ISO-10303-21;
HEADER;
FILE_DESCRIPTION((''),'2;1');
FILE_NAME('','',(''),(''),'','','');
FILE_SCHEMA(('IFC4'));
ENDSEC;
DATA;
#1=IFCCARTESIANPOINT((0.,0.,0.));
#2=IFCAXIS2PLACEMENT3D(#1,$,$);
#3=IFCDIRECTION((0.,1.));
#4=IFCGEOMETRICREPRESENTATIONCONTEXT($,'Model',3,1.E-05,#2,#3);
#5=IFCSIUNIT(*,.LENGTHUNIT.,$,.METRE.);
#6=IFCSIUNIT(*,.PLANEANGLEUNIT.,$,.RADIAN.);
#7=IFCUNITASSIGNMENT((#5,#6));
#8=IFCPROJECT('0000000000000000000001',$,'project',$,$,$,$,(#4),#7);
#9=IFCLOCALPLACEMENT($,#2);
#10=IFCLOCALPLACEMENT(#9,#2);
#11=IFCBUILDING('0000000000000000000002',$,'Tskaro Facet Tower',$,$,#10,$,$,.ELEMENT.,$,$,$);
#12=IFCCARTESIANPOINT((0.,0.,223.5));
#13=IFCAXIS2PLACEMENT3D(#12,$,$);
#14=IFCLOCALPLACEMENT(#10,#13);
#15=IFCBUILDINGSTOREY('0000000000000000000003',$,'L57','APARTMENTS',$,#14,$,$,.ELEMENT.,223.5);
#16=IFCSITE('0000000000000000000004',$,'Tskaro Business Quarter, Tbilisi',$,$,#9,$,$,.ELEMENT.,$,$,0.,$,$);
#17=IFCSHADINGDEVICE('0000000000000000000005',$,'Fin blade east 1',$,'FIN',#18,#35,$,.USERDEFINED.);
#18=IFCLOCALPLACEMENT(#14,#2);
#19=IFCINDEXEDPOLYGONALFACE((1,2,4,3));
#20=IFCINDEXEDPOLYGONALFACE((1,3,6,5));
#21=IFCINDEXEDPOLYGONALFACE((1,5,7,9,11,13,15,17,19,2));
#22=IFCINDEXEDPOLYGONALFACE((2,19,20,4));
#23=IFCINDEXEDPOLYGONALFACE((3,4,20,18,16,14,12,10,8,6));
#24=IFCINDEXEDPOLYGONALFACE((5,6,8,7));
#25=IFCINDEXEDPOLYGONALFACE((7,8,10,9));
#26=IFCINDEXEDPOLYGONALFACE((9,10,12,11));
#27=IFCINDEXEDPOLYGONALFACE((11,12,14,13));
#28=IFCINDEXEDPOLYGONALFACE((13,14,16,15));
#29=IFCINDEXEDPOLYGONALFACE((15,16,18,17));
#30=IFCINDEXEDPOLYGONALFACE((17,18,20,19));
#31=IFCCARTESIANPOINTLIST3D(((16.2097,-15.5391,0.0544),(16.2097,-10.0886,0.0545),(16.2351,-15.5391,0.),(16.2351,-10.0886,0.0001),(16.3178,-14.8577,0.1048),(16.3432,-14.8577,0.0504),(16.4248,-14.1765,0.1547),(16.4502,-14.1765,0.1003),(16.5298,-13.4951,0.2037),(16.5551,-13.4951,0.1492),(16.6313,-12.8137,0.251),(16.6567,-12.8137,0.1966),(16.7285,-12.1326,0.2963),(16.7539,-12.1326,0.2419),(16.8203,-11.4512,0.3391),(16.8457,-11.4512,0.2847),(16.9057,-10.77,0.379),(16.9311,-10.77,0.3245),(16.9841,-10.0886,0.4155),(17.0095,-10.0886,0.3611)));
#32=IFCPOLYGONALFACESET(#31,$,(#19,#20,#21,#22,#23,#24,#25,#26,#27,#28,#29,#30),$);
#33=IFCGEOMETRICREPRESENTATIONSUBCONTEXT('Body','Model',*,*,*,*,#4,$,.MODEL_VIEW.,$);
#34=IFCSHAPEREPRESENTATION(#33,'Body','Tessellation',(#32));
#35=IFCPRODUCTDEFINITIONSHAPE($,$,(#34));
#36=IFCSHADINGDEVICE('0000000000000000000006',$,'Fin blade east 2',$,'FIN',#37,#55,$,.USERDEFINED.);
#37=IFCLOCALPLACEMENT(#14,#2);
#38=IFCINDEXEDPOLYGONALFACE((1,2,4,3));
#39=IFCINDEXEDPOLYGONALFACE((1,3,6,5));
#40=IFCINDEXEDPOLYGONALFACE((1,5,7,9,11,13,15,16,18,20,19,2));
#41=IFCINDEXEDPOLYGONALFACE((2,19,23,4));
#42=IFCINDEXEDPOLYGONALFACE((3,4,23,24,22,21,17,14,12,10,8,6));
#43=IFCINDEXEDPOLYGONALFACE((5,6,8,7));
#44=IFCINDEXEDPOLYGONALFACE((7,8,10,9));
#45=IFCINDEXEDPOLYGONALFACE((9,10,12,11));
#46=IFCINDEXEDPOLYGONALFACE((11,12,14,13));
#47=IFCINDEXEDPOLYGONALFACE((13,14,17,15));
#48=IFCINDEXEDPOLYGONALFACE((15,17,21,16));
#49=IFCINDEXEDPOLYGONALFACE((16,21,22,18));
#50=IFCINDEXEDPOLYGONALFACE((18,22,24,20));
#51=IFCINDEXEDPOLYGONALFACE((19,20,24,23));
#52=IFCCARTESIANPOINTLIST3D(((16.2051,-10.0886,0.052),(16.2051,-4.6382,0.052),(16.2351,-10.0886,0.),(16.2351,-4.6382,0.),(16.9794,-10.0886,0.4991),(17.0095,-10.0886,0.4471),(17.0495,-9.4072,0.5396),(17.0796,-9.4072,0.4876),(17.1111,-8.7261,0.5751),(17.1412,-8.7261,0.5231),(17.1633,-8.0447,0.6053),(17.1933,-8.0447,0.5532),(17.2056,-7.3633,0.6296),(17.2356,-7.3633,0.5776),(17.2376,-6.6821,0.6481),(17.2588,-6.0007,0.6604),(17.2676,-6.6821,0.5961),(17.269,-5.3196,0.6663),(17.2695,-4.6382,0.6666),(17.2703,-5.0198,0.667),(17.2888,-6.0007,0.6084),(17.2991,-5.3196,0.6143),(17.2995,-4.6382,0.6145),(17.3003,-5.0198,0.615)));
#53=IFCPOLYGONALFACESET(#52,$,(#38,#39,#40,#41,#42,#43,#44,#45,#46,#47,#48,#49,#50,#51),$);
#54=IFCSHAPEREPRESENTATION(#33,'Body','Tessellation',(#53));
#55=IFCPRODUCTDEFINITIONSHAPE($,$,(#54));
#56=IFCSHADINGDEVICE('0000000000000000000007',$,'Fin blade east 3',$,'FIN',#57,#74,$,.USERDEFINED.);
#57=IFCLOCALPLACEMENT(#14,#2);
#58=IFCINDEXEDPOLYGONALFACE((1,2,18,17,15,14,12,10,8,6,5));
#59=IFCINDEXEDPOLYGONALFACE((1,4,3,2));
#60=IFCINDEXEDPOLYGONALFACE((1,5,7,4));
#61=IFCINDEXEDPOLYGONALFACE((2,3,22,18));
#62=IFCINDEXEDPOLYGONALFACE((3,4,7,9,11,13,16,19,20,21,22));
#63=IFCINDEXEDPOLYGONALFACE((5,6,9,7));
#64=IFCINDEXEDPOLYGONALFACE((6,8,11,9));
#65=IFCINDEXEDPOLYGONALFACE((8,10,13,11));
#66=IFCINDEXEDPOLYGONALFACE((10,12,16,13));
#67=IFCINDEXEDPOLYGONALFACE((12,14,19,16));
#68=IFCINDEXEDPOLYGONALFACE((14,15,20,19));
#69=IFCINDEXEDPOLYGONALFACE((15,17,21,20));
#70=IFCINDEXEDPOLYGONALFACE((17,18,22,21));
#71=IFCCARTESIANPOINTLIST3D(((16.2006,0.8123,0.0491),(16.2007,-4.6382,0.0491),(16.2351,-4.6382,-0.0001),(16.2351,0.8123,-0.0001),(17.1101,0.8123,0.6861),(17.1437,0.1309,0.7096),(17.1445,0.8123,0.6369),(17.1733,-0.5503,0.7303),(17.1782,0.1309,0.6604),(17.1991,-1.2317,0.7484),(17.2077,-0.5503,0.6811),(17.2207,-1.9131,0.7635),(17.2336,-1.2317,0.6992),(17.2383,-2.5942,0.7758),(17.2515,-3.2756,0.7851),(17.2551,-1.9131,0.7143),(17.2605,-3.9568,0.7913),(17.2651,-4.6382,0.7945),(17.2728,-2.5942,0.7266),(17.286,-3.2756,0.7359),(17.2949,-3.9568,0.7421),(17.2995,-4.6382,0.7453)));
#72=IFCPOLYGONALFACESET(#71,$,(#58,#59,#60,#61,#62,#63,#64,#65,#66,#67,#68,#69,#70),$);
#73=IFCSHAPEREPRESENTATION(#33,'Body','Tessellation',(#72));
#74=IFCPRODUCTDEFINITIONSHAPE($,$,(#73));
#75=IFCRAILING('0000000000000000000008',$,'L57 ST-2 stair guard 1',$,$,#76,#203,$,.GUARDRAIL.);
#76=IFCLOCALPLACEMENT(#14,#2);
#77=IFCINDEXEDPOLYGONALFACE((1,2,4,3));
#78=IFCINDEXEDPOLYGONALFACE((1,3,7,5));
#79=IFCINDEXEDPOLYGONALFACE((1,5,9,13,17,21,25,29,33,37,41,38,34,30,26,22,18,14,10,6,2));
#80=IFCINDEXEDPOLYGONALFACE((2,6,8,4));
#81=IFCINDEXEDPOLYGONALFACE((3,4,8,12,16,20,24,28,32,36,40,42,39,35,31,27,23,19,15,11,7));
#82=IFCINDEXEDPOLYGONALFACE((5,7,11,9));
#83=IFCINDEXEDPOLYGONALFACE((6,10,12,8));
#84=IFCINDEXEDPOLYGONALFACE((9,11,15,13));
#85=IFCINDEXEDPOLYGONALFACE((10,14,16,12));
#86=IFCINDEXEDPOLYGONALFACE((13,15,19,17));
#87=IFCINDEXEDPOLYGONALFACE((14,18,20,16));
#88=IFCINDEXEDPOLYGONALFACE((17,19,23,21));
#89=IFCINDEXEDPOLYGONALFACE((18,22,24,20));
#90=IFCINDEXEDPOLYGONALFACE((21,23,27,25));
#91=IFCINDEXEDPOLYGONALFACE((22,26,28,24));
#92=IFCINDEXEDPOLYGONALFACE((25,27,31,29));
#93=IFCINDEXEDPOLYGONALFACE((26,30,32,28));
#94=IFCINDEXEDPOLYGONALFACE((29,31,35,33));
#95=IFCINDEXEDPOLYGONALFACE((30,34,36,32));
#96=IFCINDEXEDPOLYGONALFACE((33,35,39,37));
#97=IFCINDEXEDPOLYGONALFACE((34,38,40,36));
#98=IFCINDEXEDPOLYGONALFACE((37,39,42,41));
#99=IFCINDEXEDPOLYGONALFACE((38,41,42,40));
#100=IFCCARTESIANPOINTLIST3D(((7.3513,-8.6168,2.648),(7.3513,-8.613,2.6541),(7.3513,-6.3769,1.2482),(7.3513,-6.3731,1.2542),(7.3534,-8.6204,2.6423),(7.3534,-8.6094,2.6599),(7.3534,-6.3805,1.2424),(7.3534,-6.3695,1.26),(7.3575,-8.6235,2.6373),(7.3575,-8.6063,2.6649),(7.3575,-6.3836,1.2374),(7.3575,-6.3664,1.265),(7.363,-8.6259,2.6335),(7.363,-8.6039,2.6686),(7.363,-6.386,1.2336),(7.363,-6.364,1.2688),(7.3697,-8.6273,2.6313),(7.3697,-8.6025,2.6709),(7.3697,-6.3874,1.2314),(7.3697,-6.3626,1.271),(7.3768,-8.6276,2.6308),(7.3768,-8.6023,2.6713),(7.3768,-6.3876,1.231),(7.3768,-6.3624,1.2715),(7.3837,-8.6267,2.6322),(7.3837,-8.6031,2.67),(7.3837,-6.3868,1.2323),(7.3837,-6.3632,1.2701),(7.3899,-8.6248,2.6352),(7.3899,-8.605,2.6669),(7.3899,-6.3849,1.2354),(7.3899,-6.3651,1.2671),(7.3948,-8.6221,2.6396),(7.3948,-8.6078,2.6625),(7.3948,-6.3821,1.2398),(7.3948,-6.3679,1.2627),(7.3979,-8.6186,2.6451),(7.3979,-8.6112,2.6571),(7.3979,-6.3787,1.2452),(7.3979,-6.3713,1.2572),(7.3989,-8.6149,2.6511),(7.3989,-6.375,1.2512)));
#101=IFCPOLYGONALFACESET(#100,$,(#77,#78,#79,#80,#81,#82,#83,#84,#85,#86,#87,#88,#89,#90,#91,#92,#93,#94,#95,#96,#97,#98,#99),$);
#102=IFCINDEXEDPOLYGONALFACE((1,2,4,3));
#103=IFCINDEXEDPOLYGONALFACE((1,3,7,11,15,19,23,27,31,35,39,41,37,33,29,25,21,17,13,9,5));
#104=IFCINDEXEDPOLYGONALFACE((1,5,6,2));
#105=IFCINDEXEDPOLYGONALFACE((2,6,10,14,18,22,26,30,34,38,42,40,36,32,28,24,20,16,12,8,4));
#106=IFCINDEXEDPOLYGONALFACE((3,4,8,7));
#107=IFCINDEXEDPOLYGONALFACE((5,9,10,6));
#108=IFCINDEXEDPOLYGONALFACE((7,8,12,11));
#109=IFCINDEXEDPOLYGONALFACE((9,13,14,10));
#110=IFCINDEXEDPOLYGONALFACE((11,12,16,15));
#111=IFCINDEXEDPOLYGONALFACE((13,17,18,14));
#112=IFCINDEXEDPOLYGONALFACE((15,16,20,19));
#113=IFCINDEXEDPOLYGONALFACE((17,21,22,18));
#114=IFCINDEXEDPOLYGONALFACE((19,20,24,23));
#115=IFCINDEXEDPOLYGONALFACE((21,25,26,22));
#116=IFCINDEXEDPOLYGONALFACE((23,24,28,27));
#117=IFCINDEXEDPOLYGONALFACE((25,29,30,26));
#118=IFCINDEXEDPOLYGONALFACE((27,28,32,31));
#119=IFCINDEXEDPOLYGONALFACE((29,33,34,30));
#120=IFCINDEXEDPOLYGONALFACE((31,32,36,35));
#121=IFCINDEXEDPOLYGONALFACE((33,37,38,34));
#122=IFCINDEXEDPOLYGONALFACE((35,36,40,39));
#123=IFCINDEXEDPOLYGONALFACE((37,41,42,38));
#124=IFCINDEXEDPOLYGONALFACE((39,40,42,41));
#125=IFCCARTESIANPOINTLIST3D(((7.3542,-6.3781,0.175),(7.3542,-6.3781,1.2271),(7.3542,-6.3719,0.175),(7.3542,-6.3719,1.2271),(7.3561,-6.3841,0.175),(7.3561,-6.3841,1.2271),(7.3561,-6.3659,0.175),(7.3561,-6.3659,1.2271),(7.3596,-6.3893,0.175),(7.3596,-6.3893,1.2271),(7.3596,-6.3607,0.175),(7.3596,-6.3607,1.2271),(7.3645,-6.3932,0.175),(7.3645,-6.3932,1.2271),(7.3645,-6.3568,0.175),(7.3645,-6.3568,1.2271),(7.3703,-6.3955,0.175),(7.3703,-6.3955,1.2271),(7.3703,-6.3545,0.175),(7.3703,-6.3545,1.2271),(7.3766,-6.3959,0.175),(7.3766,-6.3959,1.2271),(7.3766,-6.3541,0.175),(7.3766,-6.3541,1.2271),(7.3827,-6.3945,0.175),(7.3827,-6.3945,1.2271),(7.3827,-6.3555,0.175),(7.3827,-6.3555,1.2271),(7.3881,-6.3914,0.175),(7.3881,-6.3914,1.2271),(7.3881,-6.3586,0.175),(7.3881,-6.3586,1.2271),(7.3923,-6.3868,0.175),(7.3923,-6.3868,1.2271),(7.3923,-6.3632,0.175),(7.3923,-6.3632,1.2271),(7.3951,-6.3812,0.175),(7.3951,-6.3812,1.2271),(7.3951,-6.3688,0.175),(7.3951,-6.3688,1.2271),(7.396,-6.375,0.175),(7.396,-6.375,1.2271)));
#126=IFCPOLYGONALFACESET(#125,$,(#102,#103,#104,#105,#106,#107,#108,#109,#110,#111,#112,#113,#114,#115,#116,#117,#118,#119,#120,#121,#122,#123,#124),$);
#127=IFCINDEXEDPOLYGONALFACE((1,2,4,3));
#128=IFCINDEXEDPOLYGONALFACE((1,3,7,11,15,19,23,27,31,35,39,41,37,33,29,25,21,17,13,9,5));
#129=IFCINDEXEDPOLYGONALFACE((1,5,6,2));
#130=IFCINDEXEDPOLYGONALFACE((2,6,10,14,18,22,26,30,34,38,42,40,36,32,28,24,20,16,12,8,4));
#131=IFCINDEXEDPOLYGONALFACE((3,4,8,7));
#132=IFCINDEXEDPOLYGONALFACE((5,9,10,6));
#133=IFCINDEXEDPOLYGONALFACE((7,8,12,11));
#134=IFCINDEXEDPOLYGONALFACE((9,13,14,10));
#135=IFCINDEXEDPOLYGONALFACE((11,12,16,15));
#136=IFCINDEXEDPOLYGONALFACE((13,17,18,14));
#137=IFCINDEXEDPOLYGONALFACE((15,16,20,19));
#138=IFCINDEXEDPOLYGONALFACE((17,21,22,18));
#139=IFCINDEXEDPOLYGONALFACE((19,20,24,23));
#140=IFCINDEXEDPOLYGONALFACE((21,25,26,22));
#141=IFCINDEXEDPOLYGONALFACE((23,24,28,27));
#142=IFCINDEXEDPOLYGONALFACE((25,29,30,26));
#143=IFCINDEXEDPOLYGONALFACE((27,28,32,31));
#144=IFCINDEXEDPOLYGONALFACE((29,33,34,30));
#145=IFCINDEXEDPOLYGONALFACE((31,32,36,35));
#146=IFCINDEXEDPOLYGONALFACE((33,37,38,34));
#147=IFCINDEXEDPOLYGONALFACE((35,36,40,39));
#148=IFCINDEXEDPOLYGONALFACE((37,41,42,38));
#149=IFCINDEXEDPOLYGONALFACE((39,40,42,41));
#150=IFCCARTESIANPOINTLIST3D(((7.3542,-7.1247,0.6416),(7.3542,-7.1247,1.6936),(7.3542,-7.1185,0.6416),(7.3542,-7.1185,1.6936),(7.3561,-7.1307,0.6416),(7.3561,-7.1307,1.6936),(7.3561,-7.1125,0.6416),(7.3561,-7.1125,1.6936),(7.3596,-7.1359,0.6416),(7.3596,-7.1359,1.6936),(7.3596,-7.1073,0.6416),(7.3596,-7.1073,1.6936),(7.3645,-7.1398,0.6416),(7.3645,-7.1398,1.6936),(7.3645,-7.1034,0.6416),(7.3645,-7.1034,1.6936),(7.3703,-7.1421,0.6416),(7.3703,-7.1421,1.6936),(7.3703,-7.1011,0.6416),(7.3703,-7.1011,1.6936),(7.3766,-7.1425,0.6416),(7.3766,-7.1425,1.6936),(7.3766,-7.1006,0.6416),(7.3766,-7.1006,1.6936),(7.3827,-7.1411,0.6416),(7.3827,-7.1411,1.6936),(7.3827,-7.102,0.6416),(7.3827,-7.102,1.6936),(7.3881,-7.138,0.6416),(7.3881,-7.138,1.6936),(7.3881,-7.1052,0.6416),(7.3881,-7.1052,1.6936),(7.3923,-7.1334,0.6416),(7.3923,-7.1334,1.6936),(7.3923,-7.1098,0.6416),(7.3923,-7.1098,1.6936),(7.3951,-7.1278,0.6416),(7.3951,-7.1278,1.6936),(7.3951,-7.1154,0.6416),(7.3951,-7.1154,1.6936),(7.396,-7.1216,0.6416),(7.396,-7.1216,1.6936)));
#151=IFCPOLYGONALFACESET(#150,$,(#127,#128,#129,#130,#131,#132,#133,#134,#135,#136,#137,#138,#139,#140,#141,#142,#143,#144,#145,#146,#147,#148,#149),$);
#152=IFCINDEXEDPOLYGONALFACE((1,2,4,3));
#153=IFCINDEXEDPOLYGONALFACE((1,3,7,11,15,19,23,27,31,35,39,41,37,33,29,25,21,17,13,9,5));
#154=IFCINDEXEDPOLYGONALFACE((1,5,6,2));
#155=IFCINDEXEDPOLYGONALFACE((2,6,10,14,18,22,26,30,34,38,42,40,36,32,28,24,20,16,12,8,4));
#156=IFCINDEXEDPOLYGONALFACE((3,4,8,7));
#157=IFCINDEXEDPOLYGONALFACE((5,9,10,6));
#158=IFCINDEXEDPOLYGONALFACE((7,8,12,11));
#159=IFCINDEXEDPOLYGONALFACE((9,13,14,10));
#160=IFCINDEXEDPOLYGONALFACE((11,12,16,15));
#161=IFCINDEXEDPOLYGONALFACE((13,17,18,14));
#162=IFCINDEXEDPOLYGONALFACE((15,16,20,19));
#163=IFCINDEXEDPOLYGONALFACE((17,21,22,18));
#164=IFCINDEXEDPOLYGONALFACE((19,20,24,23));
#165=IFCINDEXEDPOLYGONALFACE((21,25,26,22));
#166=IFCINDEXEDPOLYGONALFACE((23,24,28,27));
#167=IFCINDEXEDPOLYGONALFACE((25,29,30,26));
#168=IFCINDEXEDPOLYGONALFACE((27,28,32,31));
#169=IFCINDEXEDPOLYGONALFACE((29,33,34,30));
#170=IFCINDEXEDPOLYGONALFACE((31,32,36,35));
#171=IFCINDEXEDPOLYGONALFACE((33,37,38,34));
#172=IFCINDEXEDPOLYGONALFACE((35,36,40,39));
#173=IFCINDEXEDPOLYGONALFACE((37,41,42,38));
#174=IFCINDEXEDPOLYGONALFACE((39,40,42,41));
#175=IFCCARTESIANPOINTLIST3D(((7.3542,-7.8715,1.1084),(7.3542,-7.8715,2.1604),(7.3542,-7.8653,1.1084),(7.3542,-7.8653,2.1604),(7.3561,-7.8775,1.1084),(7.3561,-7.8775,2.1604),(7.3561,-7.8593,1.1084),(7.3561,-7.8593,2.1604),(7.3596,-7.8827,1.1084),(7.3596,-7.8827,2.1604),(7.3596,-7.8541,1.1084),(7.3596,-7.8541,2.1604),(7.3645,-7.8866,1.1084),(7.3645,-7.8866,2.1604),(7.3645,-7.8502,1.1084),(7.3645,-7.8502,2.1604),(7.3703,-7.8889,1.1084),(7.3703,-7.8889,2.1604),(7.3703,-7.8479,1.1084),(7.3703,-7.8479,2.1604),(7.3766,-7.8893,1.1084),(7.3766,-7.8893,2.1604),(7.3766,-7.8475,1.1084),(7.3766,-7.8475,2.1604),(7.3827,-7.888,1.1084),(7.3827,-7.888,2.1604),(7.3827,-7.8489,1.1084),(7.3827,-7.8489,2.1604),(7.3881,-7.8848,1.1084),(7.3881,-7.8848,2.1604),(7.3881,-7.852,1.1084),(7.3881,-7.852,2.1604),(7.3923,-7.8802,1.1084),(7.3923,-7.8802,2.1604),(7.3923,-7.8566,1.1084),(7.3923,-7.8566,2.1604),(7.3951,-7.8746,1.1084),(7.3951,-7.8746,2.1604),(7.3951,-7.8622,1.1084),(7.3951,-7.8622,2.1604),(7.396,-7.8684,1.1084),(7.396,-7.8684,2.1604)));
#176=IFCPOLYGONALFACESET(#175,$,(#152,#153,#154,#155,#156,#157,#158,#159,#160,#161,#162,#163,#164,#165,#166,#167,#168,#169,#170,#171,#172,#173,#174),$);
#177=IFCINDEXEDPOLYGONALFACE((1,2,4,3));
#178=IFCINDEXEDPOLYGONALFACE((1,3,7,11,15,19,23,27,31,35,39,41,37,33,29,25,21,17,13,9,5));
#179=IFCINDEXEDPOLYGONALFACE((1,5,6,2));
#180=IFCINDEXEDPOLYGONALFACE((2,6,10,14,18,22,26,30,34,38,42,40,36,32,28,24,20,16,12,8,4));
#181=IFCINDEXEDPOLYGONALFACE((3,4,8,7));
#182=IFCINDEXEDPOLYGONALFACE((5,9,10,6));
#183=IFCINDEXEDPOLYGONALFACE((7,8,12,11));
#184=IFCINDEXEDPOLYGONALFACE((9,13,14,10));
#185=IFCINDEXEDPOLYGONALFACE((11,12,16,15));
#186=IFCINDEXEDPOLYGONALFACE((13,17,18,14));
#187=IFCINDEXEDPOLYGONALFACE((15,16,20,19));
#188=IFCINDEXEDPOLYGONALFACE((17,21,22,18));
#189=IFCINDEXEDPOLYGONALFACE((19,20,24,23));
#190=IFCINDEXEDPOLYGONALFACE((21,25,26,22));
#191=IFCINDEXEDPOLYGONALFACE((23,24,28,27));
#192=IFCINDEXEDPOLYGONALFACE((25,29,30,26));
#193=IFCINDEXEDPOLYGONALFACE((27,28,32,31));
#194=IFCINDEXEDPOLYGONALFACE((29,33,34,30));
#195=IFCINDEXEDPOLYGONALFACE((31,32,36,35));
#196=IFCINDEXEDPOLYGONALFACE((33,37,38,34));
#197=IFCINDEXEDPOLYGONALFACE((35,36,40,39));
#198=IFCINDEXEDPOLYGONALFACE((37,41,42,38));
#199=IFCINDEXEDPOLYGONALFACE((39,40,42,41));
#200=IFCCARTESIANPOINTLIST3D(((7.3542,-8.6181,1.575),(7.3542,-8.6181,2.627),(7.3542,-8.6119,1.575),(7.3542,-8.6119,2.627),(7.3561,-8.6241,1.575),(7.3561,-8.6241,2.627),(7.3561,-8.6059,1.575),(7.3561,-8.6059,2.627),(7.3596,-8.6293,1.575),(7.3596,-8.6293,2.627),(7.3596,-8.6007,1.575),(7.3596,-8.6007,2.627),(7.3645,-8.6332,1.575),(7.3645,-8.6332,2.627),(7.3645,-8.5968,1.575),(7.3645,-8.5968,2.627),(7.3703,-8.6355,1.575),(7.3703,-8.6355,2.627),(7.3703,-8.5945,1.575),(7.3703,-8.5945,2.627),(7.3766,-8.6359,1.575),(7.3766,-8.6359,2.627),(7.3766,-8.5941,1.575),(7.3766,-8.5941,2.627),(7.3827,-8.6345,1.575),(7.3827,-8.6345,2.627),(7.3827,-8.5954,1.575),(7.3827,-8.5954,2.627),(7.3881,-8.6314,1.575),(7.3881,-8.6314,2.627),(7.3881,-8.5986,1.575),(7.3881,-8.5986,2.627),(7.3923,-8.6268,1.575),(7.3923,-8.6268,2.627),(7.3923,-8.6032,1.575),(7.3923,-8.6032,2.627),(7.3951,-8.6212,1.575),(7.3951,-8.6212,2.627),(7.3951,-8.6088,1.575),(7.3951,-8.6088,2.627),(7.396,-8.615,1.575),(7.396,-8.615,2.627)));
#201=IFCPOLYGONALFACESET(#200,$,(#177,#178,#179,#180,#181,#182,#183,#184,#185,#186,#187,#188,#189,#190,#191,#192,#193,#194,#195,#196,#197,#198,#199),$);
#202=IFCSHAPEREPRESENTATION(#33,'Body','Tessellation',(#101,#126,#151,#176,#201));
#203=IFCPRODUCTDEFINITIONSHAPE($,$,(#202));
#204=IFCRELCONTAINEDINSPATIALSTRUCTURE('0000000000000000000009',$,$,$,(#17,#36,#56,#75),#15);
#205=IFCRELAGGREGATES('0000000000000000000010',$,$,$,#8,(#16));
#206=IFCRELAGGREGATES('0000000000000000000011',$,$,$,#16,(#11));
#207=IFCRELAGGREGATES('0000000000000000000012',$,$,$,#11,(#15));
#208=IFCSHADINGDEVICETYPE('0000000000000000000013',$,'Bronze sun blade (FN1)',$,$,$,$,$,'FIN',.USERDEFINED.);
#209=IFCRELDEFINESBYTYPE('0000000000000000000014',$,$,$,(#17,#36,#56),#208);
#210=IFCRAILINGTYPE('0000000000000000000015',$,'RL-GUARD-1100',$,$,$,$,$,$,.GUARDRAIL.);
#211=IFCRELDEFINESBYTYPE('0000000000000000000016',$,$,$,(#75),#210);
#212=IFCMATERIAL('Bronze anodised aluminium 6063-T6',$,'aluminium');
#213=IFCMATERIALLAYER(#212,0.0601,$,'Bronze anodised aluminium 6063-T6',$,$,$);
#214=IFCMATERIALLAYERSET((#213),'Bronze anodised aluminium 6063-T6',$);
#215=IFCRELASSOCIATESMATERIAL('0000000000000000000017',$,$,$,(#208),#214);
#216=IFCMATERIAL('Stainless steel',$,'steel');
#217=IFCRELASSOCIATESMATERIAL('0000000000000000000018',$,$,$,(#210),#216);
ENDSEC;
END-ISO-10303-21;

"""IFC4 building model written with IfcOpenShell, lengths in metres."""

from ifc_helpers import new_model, si_unit, direction, frame, origin, origin_2d, place, context, subcontext, project, spatial, polyline, circle, outline, extrude, material, layer, layer_set, type_object, element, save


model = new_model("IFC4")

# Units and contexts
model_context = context("Model", 3, precision=1e-05, world=origin(), true_north=direction((0.0, 1.0)))
body_context = subcontext(model_context, "Body", "Model", "MODEL_VIEW")
ifc_project = project(units=[si_unit("LENGTHUNIT", "METRE"), si_unit("PLANEANGLEUNIT", "RADIAN")], contexts=[model_context])

# Site, building, storey
site_placement = place(None, origin())
site = spatial("IfcSite", under=ifc_project, at=site_placement, Name="Tskaro Business Quarter, Tbilisi", CompositionType="ELEMENT", RefElevation=0.0)
building_placement = place(site_placement, origin())
building = spatial("IfcBuilding", under=site, at=building_placement, Name="Tskaro Facet Tower", CompositionType="ELEMENT")
storey_placement = place(building_placement, frame((0.0, 0.0, 223.5)))
storey = spatial("IfcBuildingStorey", under=building, at=storey_placement, Name="L57", Description="APARTMENTS", CompositionType="ELEMENT", Elevation=223.5)

# Shared definitions
ifc_material_1 = material(Name="Bronze anodised aluminium 6063-T6", Category="aluminium")

# Shading devices
ifc_layer_1 = layer(ifc_material_1, 0.0601, Name="Bronze anodised aluminium 6063-T6")
ifc_layer_set_1 = layer_set([ifc_layer_1], Name="Bronze anodised aluminium 6063-T6")
shading_device_type = type_object("IfcShadingDeviceType", Name="Bronze sun blade (FN1)", ElementType="FIN", PredefinedType="USERDEFINED", material=ifc_layer_set_1)
shading_device_1_placement = place(storey_placement, frame((16.2097, -15.5391, 0.0544), z_axis=(-0.422525, -0.000011, 0.906351), x_axis=(-0.000005, 1.0, 0.00001)))
element("IfcShadingDevice", 1, at=shading_device_1_placement, inside=storey, type_object=shading_device_type, Name="Fin blade east 1", ObjectType="FIN", PredefinedType="USERDEFINED", context=body_context, shape_type="SweptSolid", body=[
    extrude(outline(polyline([(0.0, 0.0), (5.4504, 0.0), (5.4504, -0.8545), (4.769, -0.768), (4.0879, -0.6737), (3.4065, -0.5724), (2.7253, -0.4652), (2.0439, -0.3531), (1.3625, -0.2373), (0.6814, -0.1193), (0.0, 0.0)])), origin(), (0.0, 0.0, -1.0), 0.0601),
])
shading_device_2_placement = place(storey_placement, frame((16.2051, -10.0886, 0.052), z_axis=(-0.500011, 0.0, 0.866019), x_axis=(0.0, 1.0, 0.0)))
element("IfcShadingDevice", 2, at=shading_device_2_placement, inside=storey, type_object=shading_device_type, Name="Fin blade east 2", ObjectType="FIN", PredefinedType="USERDEFINED", context=body_context, shape_type="SweptSolid", body=[
    extrude(outline(polyline([(0.0, 0.0), (5.4504, 0.0), (5.4504, -1.2291), (5.0688, -1.23), (4.769, -1.2285), (4.0879, -1.2167), (3.4065, -1.1922), (2.7253, -1.1553), (2.0439, -1.1065), (1.3625, -1.0462), (0.6814, -0.9751), (0.0, -0.8942), (0.0, 0.0)])), origin(), (0.0, 0.0, -1.0), 0.0601),
])
shading_device_3_placement = place(storey_placement, frame((16.2007, -4.6382, 0.0491), z_axis=(-0.573649, -0.000013, 0.819101), x_axis=(-0.000007, 1.0, 0.000011)))
element("IfcShadingDevice", 3, at=shading_device_3_placement, inside=storey, type_object=shading_device_type, Name="Fin blade east 3", ObjectType="FIN", PredefinedType="USERDEFINED", context=body_context, shape_type="SweptSolid", body=[
    extrude(outline(polyline([(0.0, 0.0), (5.4504, 0.0), (5.4504, -1.1103), (4.769, -1.1513), (4.0879, -1.1874), (3.4065, -1.219), (2.7251, -1.2453), (2.0439, -1.2668), (1.3625, -1.283), (0.6814, -1.2939), (0.0, -1.2995), (0.0, 0.0)])), origin(), (0.0, 0.0, -1.0), 0.0601),
])

# Railing
ifc_material_2 = material(Name="Stainless steel", Category="steel")
railing_type_1 = type_object("IfcRailingType", Name="RL-GUARD-1100", PredefinedType="GUARDRAIL", material=ifc_material_2)
railing_1_placement = place(storey_placement, frame((7.375, -6.375, 0.175)))
element("IfcRailing", 4, at=railing_1_placement, inside=storey, type_object=railing_type_1, Name="L57 ST-2 stair guard 1", PredefinedType="GUARDRAIL", context=body_context, shape_type="SweptSolid", body=[
    extrude(circle(Radius=0.0239, at=origin_2d()), frame((0.0, 0.0, 1.0762), z_axis=(0.0, -0.848014, 0.529974), x_axis=(1.0, 0.0, 0.0)), (0.0, 0.0, 1.0), 2.6414),
    extrude(circle(Radius=0.021, at=origin_2d()), origin(), (0.0, 0.0, 1.0), 1.052),
    extrude(circle(Radius=0.021, at=origin_2d()), frame((0.0, -0.7466, 0.4666)), (0.0, 0.0, 1.0), 1.052),
    extrude(circle(Radius=0.021, at=origin_2d()), frame((0.0, -1.4934, 0.9333)), (0.0, 0.0, 1.0), 1.052),
    extrude(circle(Radius=0.021, at=origin_2d()), frame((0.0, -2.24, 1.3999)), (0.0, 0.0, 1.0), 1.052),
])

save(model, "model.ifc")
